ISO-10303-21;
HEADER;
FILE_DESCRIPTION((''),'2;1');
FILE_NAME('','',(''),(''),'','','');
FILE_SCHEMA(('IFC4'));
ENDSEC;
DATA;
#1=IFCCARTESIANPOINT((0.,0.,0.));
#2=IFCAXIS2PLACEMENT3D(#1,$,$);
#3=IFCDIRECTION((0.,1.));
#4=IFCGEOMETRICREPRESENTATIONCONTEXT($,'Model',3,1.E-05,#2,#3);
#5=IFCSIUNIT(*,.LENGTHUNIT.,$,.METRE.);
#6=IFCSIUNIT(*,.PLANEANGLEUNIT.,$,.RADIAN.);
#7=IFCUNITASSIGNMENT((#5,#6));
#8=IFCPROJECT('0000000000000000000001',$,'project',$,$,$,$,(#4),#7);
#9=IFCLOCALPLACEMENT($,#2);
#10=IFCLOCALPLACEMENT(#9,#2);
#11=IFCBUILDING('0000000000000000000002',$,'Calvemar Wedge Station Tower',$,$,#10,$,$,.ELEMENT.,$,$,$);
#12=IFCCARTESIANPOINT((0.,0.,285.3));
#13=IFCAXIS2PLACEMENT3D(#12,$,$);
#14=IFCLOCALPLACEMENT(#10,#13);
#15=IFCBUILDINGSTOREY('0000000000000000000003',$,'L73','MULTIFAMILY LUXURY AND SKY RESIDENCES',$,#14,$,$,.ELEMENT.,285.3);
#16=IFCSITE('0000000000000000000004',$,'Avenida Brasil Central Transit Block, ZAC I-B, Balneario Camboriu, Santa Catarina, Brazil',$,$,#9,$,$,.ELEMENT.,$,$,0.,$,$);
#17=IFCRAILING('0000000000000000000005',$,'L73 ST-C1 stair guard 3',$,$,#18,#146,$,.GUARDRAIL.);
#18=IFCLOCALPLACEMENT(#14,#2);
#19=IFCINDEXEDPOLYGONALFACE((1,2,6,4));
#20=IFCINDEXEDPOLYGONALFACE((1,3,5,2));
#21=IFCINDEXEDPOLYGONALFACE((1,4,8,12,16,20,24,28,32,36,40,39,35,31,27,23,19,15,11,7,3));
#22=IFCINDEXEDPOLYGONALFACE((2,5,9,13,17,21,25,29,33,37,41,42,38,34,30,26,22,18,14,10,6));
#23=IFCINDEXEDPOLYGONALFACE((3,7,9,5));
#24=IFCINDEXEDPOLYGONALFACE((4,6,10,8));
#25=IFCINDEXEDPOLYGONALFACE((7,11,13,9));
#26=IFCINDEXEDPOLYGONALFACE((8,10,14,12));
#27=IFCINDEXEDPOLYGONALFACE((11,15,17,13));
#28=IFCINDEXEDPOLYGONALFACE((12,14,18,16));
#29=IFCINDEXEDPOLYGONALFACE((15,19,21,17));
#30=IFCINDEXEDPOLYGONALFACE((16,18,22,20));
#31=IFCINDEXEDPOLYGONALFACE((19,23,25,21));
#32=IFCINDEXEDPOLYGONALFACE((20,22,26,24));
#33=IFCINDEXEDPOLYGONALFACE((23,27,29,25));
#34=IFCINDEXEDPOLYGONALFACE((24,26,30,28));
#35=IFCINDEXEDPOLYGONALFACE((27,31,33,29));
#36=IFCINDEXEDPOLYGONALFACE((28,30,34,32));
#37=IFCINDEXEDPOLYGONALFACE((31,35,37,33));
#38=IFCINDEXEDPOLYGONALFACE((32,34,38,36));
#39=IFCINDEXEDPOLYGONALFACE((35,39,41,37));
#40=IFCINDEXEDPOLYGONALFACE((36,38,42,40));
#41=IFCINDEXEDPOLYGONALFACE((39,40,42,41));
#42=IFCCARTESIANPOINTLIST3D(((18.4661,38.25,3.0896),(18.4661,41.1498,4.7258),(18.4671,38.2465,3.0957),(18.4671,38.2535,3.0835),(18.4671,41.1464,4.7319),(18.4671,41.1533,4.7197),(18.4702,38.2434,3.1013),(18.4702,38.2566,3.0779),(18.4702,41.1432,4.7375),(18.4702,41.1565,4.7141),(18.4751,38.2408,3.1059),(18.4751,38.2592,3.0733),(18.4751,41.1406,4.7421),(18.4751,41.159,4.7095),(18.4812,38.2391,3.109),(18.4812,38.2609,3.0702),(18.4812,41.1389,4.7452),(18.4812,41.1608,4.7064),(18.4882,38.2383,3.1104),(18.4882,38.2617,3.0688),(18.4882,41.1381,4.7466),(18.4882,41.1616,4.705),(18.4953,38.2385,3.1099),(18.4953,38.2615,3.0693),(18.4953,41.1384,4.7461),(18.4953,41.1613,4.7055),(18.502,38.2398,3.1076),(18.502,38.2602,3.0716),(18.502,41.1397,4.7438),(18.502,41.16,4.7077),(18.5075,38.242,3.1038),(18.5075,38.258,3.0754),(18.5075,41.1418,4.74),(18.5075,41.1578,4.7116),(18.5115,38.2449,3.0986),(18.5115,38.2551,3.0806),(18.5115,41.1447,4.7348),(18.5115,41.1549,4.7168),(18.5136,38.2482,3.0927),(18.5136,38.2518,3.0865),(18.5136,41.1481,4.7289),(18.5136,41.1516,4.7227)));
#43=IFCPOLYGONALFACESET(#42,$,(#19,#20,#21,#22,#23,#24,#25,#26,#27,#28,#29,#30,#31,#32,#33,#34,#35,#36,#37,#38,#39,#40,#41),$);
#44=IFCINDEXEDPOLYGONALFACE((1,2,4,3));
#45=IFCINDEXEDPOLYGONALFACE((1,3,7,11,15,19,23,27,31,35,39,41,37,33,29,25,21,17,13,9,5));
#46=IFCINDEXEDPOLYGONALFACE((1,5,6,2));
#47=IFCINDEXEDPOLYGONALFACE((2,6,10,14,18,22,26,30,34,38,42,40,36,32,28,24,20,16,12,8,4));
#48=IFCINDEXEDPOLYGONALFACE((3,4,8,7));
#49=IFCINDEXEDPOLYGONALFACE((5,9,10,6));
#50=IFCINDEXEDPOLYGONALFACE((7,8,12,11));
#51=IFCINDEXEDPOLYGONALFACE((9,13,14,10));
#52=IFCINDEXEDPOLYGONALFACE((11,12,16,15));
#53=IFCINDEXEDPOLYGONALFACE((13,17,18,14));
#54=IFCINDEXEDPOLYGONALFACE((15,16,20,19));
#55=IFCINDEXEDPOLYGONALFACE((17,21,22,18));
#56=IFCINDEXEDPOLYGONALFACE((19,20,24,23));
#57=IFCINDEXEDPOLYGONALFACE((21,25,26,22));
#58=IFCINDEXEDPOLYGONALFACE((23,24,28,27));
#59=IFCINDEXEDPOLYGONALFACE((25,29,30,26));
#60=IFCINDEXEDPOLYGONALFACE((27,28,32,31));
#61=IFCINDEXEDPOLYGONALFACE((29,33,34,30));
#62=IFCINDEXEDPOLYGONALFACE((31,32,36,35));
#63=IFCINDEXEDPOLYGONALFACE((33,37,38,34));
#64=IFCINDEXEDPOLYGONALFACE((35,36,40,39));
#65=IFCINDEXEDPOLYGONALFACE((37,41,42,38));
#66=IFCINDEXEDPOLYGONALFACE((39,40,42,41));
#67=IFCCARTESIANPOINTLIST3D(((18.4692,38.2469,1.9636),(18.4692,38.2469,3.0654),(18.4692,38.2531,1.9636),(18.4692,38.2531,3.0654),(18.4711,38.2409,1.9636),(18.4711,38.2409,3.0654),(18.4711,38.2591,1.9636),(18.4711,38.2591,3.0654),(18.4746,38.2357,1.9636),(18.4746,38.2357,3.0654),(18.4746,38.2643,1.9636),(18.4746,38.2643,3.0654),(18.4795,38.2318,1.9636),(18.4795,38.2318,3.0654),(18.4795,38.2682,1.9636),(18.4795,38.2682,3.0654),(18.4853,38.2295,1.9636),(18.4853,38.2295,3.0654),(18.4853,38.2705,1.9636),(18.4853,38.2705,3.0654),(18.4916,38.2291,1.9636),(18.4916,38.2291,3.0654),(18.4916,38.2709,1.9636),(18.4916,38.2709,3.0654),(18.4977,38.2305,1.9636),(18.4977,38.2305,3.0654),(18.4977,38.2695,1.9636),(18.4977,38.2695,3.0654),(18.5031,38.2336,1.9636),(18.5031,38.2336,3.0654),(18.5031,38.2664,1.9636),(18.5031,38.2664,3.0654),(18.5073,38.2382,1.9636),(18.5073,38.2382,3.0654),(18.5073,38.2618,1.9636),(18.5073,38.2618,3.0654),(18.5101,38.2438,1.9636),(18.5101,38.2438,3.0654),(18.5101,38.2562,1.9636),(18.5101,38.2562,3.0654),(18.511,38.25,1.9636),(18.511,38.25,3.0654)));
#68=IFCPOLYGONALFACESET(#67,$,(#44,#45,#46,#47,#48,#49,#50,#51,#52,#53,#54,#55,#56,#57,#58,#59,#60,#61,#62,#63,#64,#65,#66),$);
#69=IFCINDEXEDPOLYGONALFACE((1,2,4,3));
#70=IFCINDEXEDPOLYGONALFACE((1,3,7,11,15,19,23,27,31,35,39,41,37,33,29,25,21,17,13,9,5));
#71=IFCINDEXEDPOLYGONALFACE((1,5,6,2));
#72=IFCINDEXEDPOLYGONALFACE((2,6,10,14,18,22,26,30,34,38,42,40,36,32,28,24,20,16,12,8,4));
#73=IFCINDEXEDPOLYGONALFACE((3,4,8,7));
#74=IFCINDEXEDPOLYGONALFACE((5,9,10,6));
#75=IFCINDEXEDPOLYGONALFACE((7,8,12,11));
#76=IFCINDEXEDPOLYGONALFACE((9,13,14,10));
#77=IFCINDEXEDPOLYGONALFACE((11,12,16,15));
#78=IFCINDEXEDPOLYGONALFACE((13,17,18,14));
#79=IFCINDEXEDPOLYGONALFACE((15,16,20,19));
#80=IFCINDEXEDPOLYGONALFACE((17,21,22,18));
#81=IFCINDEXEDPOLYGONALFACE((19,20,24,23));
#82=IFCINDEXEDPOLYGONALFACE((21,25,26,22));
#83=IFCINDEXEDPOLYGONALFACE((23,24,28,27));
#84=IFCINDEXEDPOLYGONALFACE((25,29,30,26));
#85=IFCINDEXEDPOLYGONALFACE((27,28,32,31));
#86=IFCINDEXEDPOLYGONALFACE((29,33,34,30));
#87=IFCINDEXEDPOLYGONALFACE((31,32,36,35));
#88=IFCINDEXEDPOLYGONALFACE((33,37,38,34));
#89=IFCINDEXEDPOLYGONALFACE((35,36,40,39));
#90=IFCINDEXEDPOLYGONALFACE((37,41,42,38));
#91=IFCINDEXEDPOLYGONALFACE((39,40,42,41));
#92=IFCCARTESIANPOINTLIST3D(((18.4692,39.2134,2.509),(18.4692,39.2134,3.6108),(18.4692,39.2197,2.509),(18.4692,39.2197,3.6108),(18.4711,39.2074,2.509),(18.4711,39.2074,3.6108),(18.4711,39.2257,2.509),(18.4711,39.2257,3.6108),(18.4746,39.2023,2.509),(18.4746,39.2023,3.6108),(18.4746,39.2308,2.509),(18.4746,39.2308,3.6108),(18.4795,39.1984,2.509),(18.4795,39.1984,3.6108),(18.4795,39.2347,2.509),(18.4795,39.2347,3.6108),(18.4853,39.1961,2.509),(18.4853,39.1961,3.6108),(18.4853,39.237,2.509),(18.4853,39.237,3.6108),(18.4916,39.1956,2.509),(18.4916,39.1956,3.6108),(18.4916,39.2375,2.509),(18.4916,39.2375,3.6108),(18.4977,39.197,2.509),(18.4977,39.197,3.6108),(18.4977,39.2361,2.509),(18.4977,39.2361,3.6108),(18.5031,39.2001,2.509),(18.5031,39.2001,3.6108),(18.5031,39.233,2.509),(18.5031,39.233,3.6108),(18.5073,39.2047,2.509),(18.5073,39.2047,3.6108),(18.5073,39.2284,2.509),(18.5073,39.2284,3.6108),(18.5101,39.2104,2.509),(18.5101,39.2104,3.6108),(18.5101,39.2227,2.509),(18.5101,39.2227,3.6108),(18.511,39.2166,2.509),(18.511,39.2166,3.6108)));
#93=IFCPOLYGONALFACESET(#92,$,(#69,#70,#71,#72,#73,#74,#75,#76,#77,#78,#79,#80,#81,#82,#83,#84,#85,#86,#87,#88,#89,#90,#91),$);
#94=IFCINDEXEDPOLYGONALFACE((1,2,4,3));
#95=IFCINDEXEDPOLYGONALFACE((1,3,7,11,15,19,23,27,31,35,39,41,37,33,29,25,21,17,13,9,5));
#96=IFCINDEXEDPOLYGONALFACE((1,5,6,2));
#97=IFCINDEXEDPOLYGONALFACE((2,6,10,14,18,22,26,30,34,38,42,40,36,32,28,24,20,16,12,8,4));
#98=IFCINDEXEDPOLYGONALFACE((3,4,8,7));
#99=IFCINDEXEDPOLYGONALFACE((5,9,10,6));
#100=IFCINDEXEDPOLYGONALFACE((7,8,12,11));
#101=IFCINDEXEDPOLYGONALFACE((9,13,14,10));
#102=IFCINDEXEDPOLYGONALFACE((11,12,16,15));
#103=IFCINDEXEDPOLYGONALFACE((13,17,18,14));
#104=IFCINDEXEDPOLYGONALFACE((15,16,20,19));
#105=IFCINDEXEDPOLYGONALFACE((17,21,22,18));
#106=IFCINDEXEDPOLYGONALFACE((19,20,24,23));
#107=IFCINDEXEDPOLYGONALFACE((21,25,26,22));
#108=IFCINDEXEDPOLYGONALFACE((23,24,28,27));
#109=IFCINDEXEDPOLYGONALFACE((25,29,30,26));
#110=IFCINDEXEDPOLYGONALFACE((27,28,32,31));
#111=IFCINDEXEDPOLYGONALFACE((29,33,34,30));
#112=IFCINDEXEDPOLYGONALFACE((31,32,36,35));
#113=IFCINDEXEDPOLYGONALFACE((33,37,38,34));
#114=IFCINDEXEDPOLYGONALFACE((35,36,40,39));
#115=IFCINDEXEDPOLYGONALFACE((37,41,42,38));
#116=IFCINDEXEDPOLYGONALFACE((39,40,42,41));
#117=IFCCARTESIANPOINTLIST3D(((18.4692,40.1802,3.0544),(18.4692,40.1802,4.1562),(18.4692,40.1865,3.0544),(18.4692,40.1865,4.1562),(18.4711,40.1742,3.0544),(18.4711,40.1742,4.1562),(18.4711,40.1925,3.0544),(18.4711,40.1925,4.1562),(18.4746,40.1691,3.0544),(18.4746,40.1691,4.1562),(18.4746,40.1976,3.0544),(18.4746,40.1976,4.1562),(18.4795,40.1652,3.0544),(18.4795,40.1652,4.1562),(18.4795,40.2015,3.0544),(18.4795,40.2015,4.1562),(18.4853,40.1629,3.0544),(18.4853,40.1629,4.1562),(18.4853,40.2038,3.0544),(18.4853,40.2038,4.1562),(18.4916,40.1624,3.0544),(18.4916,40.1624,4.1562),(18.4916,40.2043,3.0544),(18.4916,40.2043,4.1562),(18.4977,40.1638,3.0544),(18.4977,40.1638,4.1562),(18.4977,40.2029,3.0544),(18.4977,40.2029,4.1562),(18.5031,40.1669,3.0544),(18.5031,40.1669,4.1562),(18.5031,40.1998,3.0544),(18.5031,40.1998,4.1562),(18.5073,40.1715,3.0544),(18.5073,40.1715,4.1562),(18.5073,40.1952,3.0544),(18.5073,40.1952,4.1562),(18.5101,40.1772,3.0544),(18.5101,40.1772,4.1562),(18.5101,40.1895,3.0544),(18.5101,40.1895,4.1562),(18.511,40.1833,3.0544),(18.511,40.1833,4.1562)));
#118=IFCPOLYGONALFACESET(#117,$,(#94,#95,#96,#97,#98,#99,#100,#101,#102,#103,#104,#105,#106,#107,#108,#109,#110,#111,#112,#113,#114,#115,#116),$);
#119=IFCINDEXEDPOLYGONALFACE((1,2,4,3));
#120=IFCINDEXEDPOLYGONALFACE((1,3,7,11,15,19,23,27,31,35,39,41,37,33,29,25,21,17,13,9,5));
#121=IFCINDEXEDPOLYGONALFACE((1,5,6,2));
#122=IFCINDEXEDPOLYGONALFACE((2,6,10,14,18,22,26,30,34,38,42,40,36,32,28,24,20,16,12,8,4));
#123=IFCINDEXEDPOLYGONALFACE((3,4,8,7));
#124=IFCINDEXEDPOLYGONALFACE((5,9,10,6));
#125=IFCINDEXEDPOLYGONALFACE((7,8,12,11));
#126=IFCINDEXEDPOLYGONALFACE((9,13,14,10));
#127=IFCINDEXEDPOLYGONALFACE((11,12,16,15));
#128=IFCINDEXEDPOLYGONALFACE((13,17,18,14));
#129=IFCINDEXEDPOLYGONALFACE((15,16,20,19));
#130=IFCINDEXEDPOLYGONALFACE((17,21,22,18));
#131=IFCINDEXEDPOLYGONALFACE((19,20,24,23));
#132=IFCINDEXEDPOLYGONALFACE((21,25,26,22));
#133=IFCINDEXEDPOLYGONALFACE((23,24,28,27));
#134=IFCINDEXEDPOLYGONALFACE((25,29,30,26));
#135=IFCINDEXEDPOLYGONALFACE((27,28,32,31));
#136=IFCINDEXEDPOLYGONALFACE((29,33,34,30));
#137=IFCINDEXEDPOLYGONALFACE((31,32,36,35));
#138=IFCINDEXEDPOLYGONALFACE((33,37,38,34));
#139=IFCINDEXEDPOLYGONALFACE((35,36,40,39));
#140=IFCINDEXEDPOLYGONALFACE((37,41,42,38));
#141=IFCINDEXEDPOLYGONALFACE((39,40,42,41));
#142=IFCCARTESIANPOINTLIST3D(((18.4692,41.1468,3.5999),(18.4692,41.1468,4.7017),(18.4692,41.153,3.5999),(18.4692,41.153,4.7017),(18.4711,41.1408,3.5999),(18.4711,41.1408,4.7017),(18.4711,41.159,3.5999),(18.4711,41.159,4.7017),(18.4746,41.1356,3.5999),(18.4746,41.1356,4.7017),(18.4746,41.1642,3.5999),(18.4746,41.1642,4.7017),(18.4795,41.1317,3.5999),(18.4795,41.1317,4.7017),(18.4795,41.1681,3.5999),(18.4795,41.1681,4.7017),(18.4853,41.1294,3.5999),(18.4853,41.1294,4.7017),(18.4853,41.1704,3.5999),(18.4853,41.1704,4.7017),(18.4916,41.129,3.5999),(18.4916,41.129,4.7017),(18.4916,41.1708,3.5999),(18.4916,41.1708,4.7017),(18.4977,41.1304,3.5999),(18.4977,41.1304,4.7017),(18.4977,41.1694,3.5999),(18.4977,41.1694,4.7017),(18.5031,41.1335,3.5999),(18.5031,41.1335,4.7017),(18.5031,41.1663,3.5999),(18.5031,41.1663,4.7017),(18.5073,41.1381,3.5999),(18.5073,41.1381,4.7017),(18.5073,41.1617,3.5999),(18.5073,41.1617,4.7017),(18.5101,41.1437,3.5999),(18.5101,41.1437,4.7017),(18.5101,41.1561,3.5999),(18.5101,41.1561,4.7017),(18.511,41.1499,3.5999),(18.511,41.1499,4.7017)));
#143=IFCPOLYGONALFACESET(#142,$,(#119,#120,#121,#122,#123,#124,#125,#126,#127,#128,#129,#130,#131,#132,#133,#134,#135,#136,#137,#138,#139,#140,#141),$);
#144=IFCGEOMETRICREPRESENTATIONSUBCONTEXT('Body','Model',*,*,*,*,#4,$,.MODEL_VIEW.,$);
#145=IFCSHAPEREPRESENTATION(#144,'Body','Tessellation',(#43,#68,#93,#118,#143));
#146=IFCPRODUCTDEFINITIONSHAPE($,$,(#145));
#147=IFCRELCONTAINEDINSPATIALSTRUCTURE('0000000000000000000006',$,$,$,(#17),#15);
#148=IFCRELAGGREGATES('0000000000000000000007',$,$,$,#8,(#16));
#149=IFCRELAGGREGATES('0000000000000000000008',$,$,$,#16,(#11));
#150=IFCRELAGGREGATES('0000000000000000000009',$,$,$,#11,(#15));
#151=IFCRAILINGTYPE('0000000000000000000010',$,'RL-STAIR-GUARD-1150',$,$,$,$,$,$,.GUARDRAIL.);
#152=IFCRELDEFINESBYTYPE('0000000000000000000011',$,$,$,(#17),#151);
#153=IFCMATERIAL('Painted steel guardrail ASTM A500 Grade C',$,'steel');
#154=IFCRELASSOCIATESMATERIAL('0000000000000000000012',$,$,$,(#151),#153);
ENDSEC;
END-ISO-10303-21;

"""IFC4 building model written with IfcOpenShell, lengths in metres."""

from ifc_helpers import new_model, si_unit, direction, frame, origin, origin_2d, place, context, subcontext, project, spatial, circle, extrude, material, type_object, element, save


model = new_model("IFC4")

# Units and contexts
model_context = context("Model", 3, precision=1e-05, world=origin(), true_north=direction((0.0, 1.0)))
body_context = subcontext(model_context, "Body", "Model", "MODEL_VIEW")
ifc_project = project(units=[si_unit("LENGTHUNIT", "METRE"), si_unit("PLANEANGLEUNIT", "RADIAN")], contexts=[model_context])

# Site, building, storey
site_placement = place(None, origin())
site = spatial("IfcSite", under=ifc_project, at=site_placement, Name="Avenida Brasil Central Transit Block, ZAC I-B, Balneario Camboriu, Santa Catarina, Brazil", CompositionType="ELEMENT", RefElevation=0.0)
building_placement = place(site_placement, origin())
building = spatial("IfcBuilding", under=site, at=building_placement, Name="Calvemar Wedge Station Tower", CompositionType="ELEMENT")
storey_placement = place(building_placement, frame((0.0, 0.0, 285.3)))
storey = spatial("IfcBuildingStorey", under=building, at=storey_placement, Name="L73", Description="MULTIFAMILY LUXURY AND SKY RESIDENCES", CompositionType="ELEMENT", Elevation=285.3)

# Railing
ifc_material_1 = material(Name="Painted steel guardrail ASTM A500 Grade C", Category="steel")
railing_type = type_object("IfcRailingType", Name="RL-STAIR-GUARD-1150", PredefinedType="GUARDRAIL", material=ifc_material_1)
railing_1_placement = place(storey_placement, frame((18.49, 38.25, 1.9636)))
element("IfcRailing", 1, at=railing_1_placement, inside=storey, type_object=railing_type, Name="L73 ST-C1 stair guard 3", PredefinedType="GUARDRAIL", context=body_context, shape_type="SweptSolid", body=[
    extrude(circle(Radius=0.0239, at=origin_2d()), frame((0.0, 0.0, 1.126), z_axis=(0.0, 0.870929, 0.49141), x_axis=(-1.0, 0.0, 0.0)), (0.0, 0.0, 1.0), 3.3296),
    extrude(circle(Radius=0.021, at=origin_2d()), origin(), (0.0, 0.0, 1.0), 1.1018),
    extrude(circle(Radius=0.021, at=origin_2d()), frame((0.0, 0.9666, 0.5454)), (0.0, 0.0, 1.0), 1.1018),
    extrude(circle(Radius=0.021, at=origin_2d()), frame((0.0, 1.9333, 1.0908)), (0.0, 0.0, 1.0), 1.1018),
    extrude(circle(Radius=0.021, at=origin_2d()), frame((0.0, 2.8999, 1.6362)), (0.0, 0.0, 1.0), 1.1018),
])

save(model, "model.ifc")
